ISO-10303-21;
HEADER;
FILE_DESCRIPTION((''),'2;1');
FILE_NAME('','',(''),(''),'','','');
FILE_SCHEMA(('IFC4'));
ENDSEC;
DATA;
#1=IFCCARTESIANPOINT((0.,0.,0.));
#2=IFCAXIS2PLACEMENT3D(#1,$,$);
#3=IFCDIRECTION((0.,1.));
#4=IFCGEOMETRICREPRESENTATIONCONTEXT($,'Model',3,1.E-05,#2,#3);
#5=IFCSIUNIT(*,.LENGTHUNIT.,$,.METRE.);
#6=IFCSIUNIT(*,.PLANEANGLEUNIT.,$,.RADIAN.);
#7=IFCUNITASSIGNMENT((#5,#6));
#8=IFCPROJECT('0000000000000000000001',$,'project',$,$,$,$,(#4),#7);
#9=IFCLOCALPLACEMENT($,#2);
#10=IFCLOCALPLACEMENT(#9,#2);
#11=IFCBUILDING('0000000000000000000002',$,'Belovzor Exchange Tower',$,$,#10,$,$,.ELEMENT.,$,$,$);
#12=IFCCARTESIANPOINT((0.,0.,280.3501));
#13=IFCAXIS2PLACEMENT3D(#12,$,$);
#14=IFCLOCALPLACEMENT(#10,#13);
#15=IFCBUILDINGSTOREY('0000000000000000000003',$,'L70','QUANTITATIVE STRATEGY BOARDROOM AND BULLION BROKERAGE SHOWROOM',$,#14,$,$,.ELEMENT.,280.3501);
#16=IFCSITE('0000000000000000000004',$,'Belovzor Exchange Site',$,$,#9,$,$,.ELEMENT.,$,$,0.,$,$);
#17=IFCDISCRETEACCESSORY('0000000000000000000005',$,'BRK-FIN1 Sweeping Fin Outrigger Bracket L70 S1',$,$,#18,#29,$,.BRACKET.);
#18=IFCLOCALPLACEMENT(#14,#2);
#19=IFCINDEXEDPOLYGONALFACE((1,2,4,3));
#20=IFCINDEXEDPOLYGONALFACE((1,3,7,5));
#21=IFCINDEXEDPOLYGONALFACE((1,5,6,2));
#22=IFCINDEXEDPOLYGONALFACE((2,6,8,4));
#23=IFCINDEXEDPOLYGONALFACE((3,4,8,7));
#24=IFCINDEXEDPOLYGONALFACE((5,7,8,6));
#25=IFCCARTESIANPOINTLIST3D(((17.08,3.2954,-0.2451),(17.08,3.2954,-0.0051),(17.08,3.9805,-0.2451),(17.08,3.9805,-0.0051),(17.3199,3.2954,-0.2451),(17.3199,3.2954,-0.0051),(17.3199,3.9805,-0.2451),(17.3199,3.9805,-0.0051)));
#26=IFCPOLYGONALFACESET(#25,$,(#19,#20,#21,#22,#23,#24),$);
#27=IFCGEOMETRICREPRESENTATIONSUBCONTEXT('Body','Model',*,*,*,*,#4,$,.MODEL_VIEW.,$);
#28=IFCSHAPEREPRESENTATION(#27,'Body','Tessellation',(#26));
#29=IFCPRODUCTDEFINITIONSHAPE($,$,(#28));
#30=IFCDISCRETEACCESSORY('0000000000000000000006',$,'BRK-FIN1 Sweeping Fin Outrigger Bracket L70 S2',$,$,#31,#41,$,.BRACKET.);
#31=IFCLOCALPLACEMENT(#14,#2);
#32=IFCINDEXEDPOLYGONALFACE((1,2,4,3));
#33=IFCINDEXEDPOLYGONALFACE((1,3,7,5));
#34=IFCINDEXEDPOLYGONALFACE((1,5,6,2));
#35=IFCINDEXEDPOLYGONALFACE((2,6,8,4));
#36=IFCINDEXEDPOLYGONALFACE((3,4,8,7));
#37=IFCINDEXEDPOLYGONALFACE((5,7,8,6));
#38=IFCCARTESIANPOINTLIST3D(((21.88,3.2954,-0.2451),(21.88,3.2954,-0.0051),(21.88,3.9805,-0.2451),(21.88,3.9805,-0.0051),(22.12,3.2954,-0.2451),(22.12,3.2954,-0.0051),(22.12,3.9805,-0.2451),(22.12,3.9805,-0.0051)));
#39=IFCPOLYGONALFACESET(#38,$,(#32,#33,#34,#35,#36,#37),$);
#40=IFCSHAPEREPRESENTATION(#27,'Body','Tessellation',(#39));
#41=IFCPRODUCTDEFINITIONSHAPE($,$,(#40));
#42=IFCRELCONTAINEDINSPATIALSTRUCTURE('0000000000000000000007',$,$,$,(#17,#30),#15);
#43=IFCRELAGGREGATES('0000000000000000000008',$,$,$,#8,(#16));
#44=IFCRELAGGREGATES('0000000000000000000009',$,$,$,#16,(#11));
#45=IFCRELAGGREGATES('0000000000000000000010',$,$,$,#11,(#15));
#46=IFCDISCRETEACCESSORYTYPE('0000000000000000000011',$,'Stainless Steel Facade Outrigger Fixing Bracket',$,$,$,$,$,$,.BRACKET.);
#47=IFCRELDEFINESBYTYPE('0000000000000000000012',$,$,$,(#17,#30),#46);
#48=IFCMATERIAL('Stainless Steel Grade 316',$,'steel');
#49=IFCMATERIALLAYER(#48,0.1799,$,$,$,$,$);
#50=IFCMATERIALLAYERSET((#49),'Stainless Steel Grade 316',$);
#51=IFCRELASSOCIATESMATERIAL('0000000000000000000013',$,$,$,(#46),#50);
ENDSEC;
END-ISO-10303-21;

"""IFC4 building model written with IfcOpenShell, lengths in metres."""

from ifc_helpers import new_model, si_unit, direction, frame, origin, origin_2d, place, context, subcontext, project, spatial, rectangle, extrude, material, layer, layer_set, type_object, element, save


model = new_model("IFC4")

# Units and contexts
model_context = context("Model", 3, precision=1e-05, world=origin(), true_north=direction((0.0, 1.0)))
body_context = subcontext(model_context, "Body", "Model", "MODEL_VIEW")
ifc_project = project(units=[si_unit("LENGTHUNIT", "METRE"), si_unit("PLANEANGLEUNIT", "RADIAN")], contexts=[model_context])

# Site, building, storey
site_placement = place(None, origin())
site = spatial("IfcSite", under=ifc_project, at=site_placement, Name="Belovzor Exchange Site", CompositionType="ELEMENT", RefElevation=0.0)
building_placement = place(site_placement, origin())
building = spatial("IfcBuilding", under=site, at=building_placement, Name="Belovzor Exchange Tower", CompositionType="ELEMENT")
storey_placement = place(building_placement, frame((0.0, 0.0, 280.3501)))
storey = spatial("IfcBuildingStorey", under=building, at=storey_placement, Name="L70", Description="QUANTITATIVE STRATEGY BOARDROOM AND BULLION BROKERAGE SHOWROOM", CompositionType="ELEMENT", Elevation=280.3501)

# Discrete accessories
ifc_material_1 = material(Name="Stainless Steel Grade 316", Category="steel")
ifc_layer_1 = layer(ifc_material_1, 0.1799)
ifc_layer_set_1 = layer_set([ifc_layer_1], Name="Stainless Steel Grade 316")
discrete_accessory_type = type_object("IfcDiscreteAccessoryType", Name="Stainless Steel Facade Outrigger Fixing Bracket", PredefinedType="BRACKET", material=ifc_layer_set_1)
for number, where, z_axis, x_axis, name in (
    (1, (17.2, 3.6379, -0.2451), (0.0, 0.0, 1.0), (0.0, 1.0, 0.0), "BRK-FIN1 Sweeping Fin Outrigger Bracket L70 S1"),
    (2, (22.0, 3.6379, -0.2451), (0.0, 0.0, 1.0), (0.0, 1.0, 0.0), "BRK-FIN1 Sweeping Fin Outrigger Bracket L70 S2"),
):
    element("IfcDiscreteAccessory", number, at=place(storey_placement, frame(where, z_axis=z_axis, x_axis=x_axis)), inside=storey, type_object=discrete_accessory_type, Name=name, PredefinedType="BRACKET", context=body_context, shape_type="SweptSolid", body=[
        extrude(rectangle(XDim=0.6851, YDim=0.24, at=origin_2d()), origin(), (0.0, 0.0, 1.0), 0.24),
    ])

save(model, "model.ifc")
